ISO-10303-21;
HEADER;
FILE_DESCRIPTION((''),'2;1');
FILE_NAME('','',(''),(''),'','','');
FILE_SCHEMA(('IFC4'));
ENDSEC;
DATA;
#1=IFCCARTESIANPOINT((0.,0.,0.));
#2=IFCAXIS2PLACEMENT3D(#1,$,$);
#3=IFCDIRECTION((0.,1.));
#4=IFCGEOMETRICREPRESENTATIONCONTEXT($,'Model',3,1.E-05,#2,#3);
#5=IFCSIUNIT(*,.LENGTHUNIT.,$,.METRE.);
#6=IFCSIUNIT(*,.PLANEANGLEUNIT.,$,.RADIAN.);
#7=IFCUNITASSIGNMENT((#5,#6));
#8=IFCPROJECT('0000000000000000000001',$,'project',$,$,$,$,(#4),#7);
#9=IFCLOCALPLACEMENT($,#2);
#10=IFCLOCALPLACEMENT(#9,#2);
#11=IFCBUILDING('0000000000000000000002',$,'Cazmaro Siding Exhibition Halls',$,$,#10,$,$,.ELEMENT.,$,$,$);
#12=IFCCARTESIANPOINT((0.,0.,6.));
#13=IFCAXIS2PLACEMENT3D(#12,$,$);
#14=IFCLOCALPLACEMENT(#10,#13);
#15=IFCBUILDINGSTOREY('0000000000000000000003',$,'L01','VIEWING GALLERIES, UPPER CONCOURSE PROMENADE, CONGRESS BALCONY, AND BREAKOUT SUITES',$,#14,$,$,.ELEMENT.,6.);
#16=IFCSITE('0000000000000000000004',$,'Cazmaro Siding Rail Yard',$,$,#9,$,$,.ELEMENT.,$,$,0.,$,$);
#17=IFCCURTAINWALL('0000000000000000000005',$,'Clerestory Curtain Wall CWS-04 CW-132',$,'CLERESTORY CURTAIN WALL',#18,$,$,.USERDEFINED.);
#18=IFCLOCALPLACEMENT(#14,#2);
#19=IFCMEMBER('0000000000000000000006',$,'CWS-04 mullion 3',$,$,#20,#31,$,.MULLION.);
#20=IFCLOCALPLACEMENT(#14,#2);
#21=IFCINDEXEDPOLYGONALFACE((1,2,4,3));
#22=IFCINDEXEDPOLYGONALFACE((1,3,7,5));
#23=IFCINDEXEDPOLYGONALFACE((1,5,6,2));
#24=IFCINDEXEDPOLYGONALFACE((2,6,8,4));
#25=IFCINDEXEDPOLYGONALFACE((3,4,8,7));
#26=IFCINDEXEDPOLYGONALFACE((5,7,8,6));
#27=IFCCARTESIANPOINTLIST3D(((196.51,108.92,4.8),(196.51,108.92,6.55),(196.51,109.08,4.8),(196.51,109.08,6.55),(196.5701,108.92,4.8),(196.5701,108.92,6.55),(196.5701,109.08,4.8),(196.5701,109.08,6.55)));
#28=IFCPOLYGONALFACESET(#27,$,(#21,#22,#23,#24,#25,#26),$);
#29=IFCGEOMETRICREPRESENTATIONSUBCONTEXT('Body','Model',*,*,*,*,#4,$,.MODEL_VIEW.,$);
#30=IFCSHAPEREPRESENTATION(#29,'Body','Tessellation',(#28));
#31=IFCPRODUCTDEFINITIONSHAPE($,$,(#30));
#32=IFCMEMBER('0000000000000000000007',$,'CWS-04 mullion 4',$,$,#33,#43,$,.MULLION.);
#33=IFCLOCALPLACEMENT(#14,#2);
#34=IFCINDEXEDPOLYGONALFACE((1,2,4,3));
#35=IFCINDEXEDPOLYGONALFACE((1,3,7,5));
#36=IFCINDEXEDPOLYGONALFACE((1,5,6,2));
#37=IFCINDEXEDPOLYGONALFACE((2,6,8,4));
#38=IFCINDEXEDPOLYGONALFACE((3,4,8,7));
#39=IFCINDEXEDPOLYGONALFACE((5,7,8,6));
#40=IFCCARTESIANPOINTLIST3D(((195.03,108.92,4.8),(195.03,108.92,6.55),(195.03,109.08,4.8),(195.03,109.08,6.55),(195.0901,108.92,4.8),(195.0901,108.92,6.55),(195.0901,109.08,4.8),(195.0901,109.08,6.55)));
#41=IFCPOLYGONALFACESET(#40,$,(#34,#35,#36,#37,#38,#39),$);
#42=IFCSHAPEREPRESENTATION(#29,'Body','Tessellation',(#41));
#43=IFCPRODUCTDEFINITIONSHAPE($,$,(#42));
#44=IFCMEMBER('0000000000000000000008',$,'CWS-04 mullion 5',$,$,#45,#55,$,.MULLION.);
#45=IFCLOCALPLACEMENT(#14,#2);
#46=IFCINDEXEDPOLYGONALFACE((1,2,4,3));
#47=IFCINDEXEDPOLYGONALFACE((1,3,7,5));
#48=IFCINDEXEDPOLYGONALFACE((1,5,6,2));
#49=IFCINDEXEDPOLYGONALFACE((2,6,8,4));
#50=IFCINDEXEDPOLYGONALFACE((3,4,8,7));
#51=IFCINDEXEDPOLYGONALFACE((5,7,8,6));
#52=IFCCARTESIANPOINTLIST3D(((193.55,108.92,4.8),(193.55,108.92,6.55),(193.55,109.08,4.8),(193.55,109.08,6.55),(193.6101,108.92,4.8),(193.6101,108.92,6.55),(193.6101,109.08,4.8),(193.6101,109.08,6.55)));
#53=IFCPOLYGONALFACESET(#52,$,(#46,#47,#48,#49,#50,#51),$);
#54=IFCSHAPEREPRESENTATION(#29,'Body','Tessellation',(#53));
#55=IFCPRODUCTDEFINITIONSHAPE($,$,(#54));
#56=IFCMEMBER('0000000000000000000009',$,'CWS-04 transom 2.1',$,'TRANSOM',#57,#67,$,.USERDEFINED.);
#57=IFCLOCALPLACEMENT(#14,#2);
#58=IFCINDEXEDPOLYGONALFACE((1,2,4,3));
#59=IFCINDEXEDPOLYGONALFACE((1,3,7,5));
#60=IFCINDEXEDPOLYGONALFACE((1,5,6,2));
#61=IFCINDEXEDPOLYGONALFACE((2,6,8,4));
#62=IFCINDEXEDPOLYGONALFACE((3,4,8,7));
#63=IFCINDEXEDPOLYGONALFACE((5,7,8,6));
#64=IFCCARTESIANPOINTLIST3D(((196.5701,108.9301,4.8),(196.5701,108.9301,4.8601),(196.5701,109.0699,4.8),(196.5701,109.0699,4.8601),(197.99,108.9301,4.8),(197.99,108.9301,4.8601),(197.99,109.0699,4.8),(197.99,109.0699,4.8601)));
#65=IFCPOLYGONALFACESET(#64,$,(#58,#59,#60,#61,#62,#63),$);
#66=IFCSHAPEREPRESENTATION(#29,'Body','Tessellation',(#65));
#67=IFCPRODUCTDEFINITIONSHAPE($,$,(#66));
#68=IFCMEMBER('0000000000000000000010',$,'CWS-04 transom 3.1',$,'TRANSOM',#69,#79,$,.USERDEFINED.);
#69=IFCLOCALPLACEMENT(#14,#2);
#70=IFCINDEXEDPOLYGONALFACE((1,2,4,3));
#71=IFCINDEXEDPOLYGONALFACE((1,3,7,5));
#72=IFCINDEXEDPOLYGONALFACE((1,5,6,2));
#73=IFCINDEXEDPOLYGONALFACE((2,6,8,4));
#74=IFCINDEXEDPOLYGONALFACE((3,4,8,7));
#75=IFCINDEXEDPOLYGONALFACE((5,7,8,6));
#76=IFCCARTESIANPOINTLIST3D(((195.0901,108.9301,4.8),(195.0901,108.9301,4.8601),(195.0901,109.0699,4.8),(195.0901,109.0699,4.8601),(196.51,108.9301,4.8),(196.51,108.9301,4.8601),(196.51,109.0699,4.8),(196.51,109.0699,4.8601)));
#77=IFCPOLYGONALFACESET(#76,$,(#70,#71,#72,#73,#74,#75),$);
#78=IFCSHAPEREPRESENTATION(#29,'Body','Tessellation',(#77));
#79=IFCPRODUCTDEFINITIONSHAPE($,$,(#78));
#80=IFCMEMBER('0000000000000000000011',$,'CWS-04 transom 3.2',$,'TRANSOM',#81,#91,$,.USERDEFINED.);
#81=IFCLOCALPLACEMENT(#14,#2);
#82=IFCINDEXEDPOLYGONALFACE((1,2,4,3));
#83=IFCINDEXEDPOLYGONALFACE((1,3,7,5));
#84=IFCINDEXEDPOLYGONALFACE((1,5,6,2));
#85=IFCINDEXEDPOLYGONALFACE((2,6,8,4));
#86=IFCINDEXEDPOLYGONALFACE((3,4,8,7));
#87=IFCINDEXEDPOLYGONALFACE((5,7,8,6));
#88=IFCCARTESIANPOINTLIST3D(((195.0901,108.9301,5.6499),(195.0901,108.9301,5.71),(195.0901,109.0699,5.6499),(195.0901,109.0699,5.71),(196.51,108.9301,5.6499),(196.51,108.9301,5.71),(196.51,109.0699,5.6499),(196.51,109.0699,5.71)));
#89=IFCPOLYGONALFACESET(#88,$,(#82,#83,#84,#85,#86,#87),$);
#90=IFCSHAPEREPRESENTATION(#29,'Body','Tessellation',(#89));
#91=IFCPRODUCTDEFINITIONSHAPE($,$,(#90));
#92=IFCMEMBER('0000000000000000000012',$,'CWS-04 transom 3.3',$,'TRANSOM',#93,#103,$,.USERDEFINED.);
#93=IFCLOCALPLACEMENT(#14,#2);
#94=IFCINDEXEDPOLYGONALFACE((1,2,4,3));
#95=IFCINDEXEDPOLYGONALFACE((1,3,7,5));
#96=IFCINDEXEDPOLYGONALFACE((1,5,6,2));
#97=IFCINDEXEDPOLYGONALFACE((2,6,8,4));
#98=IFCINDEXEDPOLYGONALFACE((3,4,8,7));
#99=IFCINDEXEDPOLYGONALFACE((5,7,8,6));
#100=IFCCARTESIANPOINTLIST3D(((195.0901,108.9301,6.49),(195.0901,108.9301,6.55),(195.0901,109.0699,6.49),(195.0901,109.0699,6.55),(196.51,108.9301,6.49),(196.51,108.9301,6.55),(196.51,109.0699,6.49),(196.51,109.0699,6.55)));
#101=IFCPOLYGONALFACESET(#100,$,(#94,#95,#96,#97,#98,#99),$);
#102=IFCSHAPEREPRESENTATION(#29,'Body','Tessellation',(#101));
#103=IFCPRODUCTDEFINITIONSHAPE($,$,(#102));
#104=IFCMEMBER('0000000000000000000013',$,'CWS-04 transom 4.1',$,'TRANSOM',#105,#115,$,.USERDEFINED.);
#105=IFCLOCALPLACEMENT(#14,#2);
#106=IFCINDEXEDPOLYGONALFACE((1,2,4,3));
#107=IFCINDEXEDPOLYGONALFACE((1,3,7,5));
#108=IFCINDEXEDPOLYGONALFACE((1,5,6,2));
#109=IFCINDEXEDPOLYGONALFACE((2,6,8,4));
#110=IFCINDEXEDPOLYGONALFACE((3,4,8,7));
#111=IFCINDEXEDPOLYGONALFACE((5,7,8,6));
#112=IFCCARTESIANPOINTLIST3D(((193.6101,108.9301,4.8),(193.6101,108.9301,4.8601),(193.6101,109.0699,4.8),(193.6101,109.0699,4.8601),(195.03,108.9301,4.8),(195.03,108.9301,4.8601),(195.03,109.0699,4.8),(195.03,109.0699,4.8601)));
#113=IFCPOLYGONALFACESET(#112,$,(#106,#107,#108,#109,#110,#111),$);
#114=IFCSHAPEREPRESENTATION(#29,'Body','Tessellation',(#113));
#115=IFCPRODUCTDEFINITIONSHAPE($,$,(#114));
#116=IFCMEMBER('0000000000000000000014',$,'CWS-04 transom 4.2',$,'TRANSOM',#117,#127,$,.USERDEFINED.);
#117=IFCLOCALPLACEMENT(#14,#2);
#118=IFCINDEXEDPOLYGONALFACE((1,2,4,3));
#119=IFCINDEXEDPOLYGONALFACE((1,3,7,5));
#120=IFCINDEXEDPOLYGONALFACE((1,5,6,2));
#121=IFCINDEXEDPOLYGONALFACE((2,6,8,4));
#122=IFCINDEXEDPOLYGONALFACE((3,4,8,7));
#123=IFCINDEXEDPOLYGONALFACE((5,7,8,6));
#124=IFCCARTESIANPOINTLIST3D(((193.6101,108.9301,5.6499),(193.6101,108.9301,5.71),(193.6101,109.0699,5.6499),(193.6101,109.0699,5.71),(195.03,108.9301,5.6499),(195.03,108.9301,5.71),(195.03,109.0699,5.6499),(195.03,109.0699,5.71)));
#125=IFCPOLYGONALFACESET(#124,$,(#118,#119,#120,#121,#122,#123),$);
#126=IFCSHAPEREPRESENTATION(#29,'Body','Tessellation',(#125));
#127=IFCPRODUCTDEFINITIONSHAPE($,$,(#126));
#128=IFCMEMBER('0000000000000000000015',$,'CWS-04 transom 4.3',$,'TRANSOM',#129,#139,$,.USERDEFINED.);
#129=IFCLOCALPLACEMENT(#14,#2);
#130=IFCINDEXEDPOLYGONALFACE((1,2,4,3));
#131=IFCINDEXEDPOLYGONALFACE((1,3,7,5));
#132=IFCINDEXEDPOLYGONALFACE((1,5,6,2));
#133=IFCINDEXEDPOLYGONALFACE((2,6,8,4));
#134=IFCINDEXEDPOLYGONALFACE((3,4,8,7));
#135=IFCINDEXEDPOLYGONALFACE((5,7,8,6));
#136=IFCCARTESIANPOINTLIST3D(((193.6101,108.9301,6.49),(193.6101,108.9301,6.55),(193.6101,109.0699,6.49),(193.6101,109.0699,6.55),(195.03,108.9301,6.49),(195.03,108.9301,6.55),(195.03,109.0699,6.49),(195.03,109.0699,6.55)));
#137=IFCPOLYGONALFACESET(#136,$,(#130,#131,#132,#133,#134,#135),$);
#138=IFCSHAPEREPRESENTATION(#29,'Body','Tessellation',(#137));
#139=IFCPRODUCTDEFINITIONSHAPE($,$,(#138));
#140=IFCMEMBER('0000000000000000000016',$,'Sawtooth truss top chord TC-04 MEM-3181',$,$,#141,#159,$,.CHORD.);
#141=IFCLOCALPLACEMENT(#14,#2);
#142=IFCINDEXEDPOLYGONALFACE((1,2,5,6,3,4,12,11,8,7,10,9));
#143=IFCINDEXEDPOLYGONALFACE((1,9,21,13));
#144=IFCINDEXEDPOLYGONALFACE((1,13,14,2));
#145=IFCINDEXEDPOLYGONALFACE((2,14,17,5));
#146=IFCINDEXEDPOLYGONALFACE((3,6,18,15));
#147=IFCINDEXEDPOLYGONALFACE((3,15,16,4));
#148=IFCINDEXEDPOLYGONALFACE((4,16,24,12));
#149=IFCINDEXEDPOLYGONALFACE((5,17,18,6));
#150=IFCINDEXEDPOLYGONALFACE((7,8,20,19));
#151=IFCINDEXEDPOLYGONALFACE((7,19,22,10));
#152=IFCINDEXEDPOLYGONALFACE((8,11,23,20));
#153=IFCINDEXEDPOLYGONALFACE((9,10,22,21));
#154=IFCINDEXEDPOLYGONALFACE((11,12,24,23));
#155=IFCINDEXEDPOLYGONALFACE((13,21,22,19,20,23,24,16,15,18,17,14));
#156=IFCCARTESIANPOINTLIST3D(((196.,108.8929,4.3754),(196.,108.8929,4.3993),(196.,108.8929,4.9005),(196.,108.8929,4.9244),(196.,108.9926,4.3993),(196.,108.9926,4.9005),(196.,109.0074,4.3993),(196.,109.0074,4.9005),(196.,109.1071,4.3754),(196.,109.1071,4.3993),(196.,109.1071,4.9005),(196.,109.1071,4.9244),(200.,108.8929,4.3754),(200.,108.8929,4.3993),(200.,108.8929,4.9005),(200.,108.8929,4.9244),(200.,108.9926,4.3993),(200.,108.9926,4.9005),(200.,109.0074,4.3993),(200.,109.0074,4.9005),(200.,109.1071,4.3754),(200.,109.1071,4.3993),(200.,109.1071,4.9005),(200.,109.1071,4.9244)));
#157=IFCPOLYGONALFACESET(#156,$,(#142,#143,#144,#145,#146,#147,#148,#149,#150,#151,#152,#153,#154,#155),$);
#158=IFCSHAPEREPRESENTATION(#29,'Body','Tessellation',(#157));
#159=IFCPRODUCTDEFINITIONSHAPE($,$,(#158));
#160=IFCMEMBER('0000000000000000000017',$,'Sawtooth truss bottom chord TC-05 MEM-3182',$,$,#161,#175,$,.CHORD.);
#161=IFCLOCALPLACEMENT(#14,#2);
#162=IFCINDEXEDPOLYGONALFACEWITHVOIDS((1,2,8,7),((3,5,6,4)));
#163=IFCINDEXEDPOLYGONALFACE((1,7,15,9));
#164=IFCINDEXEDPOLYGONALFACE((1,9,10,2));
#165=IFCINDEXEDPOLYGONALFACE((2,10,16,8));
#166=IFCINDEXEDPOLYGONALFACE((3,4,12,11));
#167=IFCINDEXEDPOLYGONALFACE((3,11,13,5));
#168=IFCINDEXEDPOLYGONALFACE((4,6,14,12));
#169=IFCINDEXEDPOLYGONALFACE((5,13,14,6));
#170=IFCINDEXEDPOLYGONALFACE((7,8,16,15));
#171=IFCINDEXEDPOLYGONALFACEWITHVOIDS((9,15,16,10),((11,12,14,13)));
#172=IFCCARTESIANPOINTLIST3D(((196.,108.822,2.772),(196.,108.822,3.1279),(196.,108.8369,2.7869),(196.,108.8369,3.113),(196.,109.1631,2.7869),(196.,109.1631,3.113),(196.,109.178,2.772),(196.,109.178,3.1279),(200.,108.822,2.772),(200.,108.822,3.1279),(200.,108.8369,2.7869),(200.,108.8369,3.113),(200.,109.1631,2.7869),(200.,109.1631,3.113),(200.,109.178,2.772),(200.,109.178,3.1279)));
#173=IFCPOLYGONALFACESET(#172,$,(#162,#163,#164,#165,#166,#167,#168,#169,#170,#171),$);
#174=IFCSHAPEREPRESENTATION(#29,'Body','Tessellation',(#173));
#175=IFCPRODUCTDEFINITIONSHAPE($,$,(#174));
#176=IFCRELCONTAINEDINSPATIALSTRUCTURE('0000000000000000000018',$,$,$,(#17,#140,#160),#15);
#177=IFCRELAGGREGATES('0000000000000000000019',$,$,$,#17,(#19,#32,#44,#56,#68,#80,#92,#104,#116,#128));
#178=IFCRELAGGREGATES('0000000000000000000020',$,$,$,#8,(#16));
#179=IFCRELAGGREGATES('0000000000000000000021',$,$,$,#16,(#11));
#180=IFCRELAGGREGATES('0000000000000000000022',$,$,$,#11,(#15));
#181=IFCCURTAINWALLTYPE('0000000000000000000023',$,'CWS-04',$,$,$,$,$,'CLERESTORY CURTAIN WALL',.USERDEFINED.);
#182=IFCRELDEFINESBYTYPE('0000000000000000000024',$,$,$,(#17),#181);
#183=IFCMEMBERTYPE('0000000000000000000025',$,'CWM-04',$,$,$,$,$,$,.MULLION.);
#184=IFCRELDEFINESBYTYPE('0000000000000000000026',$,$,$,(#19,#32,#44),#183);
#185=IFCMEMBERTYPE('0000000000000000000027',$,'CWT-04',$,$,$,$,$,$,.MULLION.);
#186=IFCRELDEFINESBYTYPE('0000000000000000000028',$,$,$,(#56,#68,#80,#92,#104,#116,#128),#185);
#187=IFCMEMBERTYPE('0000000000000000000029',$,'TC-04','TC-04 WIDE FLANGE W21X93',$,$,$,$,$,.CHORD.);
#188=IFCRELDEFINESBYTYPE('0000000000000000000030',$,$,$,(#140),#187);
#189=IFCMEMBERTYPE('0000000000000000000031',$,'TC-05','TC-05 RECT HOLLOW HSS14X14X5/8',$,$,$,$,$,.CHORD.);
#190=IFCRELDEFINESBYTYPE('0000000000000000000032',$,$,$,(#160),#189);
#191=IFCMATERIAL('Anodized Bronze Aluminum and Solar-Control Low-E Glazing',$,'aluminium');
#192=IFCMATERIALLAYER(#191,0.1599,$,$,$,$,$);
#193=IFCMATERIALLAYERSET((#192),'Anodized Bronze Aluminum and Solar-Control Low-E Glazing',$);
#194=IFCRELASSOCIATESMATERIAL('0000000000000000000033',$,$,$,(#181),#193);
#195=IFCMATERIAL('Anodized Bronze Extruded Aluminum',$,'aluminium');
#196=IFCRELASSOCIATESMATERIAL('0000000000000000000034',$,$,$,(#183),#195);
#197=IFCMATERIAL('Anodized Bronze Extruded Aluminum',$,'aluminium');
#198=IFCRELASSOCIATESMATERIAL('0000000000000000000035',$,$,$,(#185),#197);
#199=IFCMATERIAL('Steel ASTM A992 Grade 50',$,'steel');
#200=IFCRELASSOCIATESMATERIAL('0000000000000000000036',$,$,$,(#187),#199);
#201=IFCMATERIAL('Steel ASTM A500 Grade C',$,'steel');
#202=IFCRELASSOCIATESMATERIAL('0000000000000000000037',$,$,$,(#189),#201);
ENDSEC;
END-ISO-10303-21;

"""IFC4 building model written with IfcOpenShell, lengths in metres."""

from ifc_helpers import new_model, si_unit, direction, frame, origin, origin_2d, place, context, subcontext, project, spatial, rectangle, hollow_rectangle, i_section, extrude, material, layer, layer_set, material_profile, profile_set, type_object, element, aggregate, save


model = new_model("IFC4")

# Units and contexts
model_context = context("Model", 3, precision=1e-05, world=origin(), true_north=direction((0.0, 1.0)))
body_context = subcontext(model_context, "Body", "Model", "MODEL_VIEW")
ifc_project = project(units=[si_unit("LENGTHUNIT", "METRE"), si_unit("PLANEANGLEUNIT", "RADIAN")], contexts=[model_context])

# Site, building, storey
site_placement = place(None, origin())
site = spatial("IfcSite", under=ifc_project, at=site_placement, Name="Cazmaro Siding Rail Yard", CompositionType="ELEMENT", RefElevation=0.0)
building_placement = place(site_placement, origin())
building = spatial("IfcBuilding", under=site, at=building_placement, Name="Cazmaro Siding Exhibition Halls", CompositionType="ELEMENT")
storey_placement = place(building_placement, frame((0.0, 0.0, 6.0)))
storey = spatial("IfcBuildingStorey", under=building, at=storey_placement, Name="L01", Description="VIEWING GALLERIES, UPPER CONCOURSE PROMENADE, CONGRESS BALCONY, AND BREAKOUT SUITES", CompositionType="ELEMENT", Elevation=6.0)

# Curtain wall, members
ifc_material_1 = material(Name="Anodized Bronze Aluminum and Solar-Control Low-E Glazing", Category="aluminium")
ifc_layer_1 = layer(ifc_material_1, 0.1599)
ifc_layer_set_1 = layer_set([ifc_layer_1], Name="Anodized Bronze Aluminum and Solar-Control Low-E Glazing")
curtain_wall_type = type_object("IfcCurtainWallType", Name="CWS-04", ElementType="CLERESTORY CURTAIN WALL", PredefinedType="USERDEFINED", material=ifc_layer_set_1)
curtain_wall_placement = place(storey_placement, origin())
curtain_wall = element("IfcCurtainWall", 1, at=curtain_wall_placement, inside=storey, type_object=curtain_wall_type, Name="Clerestory Curtain Wall CWS-04 CW-132", ObjectType="CLERESTORY CURTAIN WALL", PredefinedType="USERDEFINED")
ifc_material_2 = material(Name="Anodized Bronze Extruded Aluminum", Category="aluminium")
ifc_material_profile_1 = material_profile(ifc_material_2, rectangle(XDim=0.1599, YDim=0.0601, at=origin_2d()), Name="CWM-04")
ifc_profile_set_1 = profile_set([ifc_material_profile_1], Name="Anodized Bronze Extruded Aluminum")
member_type_1 = type_object("IfcMemberType", Name="CWM-04", PredefinedType="MULLION", material=ifc_profile_set_1)
member_1_placement = place(storey_placement, frame((196.54, 109.0, 4.8), z_axis=(0.0, 0.0, 1.0), x_axis=(0.0, -1.0, 0.0)))
member_1 = element("IfcMember", 2, at=member_1_placement, type_object=member_type_1, Name="CWS-04 mullion 3", PredefinedType="MULLION", context=body_context, shape_type="SweptSolid", body=[
    extrude(rectangle(XDim=0.1599, YDim=0.0601, at=origin_2d()), origin(), (0.0, 0.0, 1.0), 1.75),
])
member_2_placement = place(storey_placement, frame((195.0601, 109.0, 4.8), z_axis=(0.0, 0.0, 1.0), x_axis=(0.0, -1.0, 0.0)))
member_2 = element("IfcMember", 3, at=member_2_placement, type_object=member_type_1, Name="CWS-04 mullion 4", PredefinedType="MULLION", context=body_context, shape_type="SweptSolid", body=[
    extrude(rectangle(XDim=0.1599, YDim=0.0601, at=origin_2d()), origin(), (0.0, 0.0, 1.0), 1.75),
])
member_3_placement = place(storey_placement, frame((193.5801, 109.0, 4.8), z_axis=(0.0, 0.0, 1.0), x_axis=(0.0, -1.0, 0.0)))
member_3 = element("IfcMember", 4, at=member_3_placement, type_object=member_type_1, Name="CWS-04 mullion 5", PredefinedType="MULLION", context=body_context, shape_type="SweptSolid", body=[
    extrude(rectangle(XDim=0.1599, YDim=0.0601, at=origin_2d()), origin(), (0.0, 0.0, 1.0), 1.75),
])
ifc_material_3 = material(Name="Anodized Bronze Extruded Aluminum", Category="aluminium")
ifc_material_profile_2 = material_profile(ifc_material_3, rectangle(XDim=0.1399, YDim=0.0601, at=origin_2d()), Name="CWT-04")
ifc_profile_set_2 = profile_set([ifc_material_profile_2], Name="Anodized Bronze Extruded Aluminum")
member_type_2 = type_object("IfcMemberType", Name="CWT-04", PredefinedType="MULLION", material=ifc_profile_set_2)
member_4_placement = place(storey_placement, frame((197.99, 109.0, 4.8301), z_axis=(-1.0, 0.0, 0.0), x_axis=(0.0, -1.0, 0.0)))
member_4 = element("IfcMember", 5, at=member_4_placement, type_object=member_type_2, Name="CWS-04 transom 2.1", ObjectType="TRANSOM", PredefinedType="USERDEFINED", context=body_context, shape_type="SweptSolid", body=[
    extrude(rectangle(XDim=0.1399, YDim=0.0601, at=origin_2d()), origin(), (0.0, 0.0, 1.0), 1.4199),
])
member_5_placement = place(storey_placement, frame((196.51, 109.0, 4.8301), z_axis=(-1.0, 0.0, 0.0), x_axis=(0.0, -1.0, 0.0)))
member_5 = element("IfcMember", 6, at=member_5_placement, type_object=member_type_2, Name="CWS-04 transom 3.1", ObjectType="TRANSOM", PredefinedType="USERDEFINED", context=body_context, shape_type="SweptSolid", body=[
    extrude(rectangle(XDim=0.1399, YDim=0.0601, at=origin_2d()), origin(), (0.0, 0.0, 1.0), 1.4199),
])
member_6_placement = place(storey_placement, frame((196.51, 109.0, 5.6799), z_axis=(-1.0, 0.0, 0.0), x_axis=(0.0, -1.0, 0.0)))
member_6 = element("IfcMember", 7, at=member_6_placement, type_object=member_type_2, Name="CWS-04 transom 3.2", ObjectType="TRANSOM", PredefinedType="USERDEFINED", context=body_context, shape_type="SweptSolid", body=[
    extrude(rectangle(XDim=0.1399, YDim=0.0601, at=origin_2d()), origin(), (0.0, 0.0, 1.0), 1.4199),
])
member_7_placement = place(storey_placement, frame((196.51, 109.0, 6.52), z_axis=(-1.0, 0.0, 0.0), x_axis=(0.0, -1.0, 0.0)))
member_7 = element("IfcMember", 8, at=member_7_placement, type_object=member_type_2, Name="CWS-04 transom 3.3", ObjectType="TRANSOM", PredefinedType="USERDEFINED", context=body_context, shape_type="SweptSolid", body=[
    extrude(rectangle(XDim=0.1399, YDim=0.0601, at=origin_2d()), origin(), (0.0, 0.0, 1.0), 1.4199),
])
member_8_placement = place(storey_placement, frame((195.03, 109.0, 4.8301), z_axis=(-1.0, 0.0, 0.0), x_axis=(0.0, -1.0, 0.0)))
member_8 = element("IfcMember", 9, at=member_8_placement, type_object=member_type_2, Name="CWS-04 transom 4.1", ObjectType="TRANSOM", PredefinedType="USERDEFINED", context=body_context, shape_type="SweptSolid", body=[
    extrude(rectangle(XDim=0.1399, YDim=0.0601, at=origin_2d()), origin(), (0.0, 0.0, 1.0), 1.4199),
])
member_9_placement = place(storey_placement, frame((195.03, 109.0, 5.6799), z_axis=(-1.0, 0.0, 0.0), x_axis=(0.0, -1.0, 0.0)))
member_9 = element("IfcMember", 10, at=member_9_placement, type_object=member_type_2, Name="CWS-04 transom 4.2", ObjectType="TRANSOM", PredefinedType="USERDEFINED", context=body_context, shape_type="SweptSolid", body=[
    extrude(rectangle(XDim=0.1399, YDim=0.0601, at=origin_2d()), origin(), (0.0, 0.0, 1.0), 1.4199),
])
member_10_placement = place(storey_placement, frame((195.03, 109.0, 6.52), z_axis=(-1.0, 0.0, 0.0), x_axis=(0.0, -1.0, 0.0)))
member_10 = element("IfcMember", 11, at=member_10_placement, type_object=member_type_2, Name="CWS-04 transom 4.3", ObjectType="TRANSOM", PredefinedType="USERDEFINED", context=body_context, shape_type="SweptSolid", body=[
    extrude(rectangle(XDim=0.1399, YDim=0.0601, at=origin_2d()), origin(), (0.0, 0.0, 1.0), 1.4199),
])

# Members
ifc_material_4 = material(Name="Steel ASTM A992 Grade 50", Category="steel")
ifc_material_profile_3 = material_profile(ifc_material_4, i_section(OverallWidth=0.2141, OverallDepth=0.5491, WebThickness=0.0149, FlangeThickness=0.0239, at=origin_2d()), Name="W21X93")
ifc_profile_set_3 = profile_set([ifc_material_profile_3], Name="Steel ASTM A992 Grade 50")
member_type_3 = type_object("IfcMemberType", Name="TC-04", Description="TC-04 WIDE FLANGE W21X93", PredefinedType="CHORD", material=ifc_profile_set_3)
member_11_placement = place(storey_placement, frame((196.0, 109.0, 4.6499), z_axis=(1.0, 0.0, 0.0), x_axis=(0.0, 1.0, 0.0)))
element("IfcMember", 12, at=member_11_placement, inside=storey, type_object=member_type_3, Name="Sawtooth truss top chord TC-04 MEM-3181", PredefinedType="CHORD", context=body_context, shape_type="SweptSolid", body=[
    extrude(i_section(OverallWidth=0.2141, OverallDepth=0.5491, WebThickness=0.0149, FlangeThickness=0.0239, at=origin_2d()), origin(), (0.0, 0.0, 1.0), 4.0),
])
ifc_material_5 = material(Name="Steel ASTM A500 Grade C", Category="steel")
ifc_material_profile_4 = material_profile(ifc_material_5, hollow_rectangle(XDim=0.356, YDim=0.356, WallThickness=0.0149, at=origin_2d()), Name="HSS14X14X5/8")
ifc_profile_set_4 = profile_set([ifc_material_profile_4], Name="Steel ASTM A500 Grade C")
member_type_4 = type_object("IfcMemberType", Name="TC-05", Description="TC-05 RECT HOLLOW HSS14X14X5/8", PredefinedType="CHORD", material=ifc_profile_set_4)
member_12_placement = place(storey_placement, frame((196.0, 109.0, 2.95), z_axis=(1.0, 0.0, 0.0), x_axis=(0.0, 1.0, 0.0)))
element("IfcMember", 13, at=member_12_placement, inside=storey, type_object=member_type_4, Name="Sawtooth truss bottom chord TC-05 MEM-3182", PredefinedType="CHORD", context=body_context, shape_type="SweptSolid", body=[
    extrude(hollow_rectangle(XDim=0.356, YDim=0.356, WallThickness=0.0149, at=origin_2d()), origin(), (0.0, 0.0, 1.0), 4.0),
])

aggregate(curtain_wall, [member_1, member_2, member_3, member_4, member_5, member_6, member_7, member_8, member_9, member_10])

save(model, "model.ifc")
